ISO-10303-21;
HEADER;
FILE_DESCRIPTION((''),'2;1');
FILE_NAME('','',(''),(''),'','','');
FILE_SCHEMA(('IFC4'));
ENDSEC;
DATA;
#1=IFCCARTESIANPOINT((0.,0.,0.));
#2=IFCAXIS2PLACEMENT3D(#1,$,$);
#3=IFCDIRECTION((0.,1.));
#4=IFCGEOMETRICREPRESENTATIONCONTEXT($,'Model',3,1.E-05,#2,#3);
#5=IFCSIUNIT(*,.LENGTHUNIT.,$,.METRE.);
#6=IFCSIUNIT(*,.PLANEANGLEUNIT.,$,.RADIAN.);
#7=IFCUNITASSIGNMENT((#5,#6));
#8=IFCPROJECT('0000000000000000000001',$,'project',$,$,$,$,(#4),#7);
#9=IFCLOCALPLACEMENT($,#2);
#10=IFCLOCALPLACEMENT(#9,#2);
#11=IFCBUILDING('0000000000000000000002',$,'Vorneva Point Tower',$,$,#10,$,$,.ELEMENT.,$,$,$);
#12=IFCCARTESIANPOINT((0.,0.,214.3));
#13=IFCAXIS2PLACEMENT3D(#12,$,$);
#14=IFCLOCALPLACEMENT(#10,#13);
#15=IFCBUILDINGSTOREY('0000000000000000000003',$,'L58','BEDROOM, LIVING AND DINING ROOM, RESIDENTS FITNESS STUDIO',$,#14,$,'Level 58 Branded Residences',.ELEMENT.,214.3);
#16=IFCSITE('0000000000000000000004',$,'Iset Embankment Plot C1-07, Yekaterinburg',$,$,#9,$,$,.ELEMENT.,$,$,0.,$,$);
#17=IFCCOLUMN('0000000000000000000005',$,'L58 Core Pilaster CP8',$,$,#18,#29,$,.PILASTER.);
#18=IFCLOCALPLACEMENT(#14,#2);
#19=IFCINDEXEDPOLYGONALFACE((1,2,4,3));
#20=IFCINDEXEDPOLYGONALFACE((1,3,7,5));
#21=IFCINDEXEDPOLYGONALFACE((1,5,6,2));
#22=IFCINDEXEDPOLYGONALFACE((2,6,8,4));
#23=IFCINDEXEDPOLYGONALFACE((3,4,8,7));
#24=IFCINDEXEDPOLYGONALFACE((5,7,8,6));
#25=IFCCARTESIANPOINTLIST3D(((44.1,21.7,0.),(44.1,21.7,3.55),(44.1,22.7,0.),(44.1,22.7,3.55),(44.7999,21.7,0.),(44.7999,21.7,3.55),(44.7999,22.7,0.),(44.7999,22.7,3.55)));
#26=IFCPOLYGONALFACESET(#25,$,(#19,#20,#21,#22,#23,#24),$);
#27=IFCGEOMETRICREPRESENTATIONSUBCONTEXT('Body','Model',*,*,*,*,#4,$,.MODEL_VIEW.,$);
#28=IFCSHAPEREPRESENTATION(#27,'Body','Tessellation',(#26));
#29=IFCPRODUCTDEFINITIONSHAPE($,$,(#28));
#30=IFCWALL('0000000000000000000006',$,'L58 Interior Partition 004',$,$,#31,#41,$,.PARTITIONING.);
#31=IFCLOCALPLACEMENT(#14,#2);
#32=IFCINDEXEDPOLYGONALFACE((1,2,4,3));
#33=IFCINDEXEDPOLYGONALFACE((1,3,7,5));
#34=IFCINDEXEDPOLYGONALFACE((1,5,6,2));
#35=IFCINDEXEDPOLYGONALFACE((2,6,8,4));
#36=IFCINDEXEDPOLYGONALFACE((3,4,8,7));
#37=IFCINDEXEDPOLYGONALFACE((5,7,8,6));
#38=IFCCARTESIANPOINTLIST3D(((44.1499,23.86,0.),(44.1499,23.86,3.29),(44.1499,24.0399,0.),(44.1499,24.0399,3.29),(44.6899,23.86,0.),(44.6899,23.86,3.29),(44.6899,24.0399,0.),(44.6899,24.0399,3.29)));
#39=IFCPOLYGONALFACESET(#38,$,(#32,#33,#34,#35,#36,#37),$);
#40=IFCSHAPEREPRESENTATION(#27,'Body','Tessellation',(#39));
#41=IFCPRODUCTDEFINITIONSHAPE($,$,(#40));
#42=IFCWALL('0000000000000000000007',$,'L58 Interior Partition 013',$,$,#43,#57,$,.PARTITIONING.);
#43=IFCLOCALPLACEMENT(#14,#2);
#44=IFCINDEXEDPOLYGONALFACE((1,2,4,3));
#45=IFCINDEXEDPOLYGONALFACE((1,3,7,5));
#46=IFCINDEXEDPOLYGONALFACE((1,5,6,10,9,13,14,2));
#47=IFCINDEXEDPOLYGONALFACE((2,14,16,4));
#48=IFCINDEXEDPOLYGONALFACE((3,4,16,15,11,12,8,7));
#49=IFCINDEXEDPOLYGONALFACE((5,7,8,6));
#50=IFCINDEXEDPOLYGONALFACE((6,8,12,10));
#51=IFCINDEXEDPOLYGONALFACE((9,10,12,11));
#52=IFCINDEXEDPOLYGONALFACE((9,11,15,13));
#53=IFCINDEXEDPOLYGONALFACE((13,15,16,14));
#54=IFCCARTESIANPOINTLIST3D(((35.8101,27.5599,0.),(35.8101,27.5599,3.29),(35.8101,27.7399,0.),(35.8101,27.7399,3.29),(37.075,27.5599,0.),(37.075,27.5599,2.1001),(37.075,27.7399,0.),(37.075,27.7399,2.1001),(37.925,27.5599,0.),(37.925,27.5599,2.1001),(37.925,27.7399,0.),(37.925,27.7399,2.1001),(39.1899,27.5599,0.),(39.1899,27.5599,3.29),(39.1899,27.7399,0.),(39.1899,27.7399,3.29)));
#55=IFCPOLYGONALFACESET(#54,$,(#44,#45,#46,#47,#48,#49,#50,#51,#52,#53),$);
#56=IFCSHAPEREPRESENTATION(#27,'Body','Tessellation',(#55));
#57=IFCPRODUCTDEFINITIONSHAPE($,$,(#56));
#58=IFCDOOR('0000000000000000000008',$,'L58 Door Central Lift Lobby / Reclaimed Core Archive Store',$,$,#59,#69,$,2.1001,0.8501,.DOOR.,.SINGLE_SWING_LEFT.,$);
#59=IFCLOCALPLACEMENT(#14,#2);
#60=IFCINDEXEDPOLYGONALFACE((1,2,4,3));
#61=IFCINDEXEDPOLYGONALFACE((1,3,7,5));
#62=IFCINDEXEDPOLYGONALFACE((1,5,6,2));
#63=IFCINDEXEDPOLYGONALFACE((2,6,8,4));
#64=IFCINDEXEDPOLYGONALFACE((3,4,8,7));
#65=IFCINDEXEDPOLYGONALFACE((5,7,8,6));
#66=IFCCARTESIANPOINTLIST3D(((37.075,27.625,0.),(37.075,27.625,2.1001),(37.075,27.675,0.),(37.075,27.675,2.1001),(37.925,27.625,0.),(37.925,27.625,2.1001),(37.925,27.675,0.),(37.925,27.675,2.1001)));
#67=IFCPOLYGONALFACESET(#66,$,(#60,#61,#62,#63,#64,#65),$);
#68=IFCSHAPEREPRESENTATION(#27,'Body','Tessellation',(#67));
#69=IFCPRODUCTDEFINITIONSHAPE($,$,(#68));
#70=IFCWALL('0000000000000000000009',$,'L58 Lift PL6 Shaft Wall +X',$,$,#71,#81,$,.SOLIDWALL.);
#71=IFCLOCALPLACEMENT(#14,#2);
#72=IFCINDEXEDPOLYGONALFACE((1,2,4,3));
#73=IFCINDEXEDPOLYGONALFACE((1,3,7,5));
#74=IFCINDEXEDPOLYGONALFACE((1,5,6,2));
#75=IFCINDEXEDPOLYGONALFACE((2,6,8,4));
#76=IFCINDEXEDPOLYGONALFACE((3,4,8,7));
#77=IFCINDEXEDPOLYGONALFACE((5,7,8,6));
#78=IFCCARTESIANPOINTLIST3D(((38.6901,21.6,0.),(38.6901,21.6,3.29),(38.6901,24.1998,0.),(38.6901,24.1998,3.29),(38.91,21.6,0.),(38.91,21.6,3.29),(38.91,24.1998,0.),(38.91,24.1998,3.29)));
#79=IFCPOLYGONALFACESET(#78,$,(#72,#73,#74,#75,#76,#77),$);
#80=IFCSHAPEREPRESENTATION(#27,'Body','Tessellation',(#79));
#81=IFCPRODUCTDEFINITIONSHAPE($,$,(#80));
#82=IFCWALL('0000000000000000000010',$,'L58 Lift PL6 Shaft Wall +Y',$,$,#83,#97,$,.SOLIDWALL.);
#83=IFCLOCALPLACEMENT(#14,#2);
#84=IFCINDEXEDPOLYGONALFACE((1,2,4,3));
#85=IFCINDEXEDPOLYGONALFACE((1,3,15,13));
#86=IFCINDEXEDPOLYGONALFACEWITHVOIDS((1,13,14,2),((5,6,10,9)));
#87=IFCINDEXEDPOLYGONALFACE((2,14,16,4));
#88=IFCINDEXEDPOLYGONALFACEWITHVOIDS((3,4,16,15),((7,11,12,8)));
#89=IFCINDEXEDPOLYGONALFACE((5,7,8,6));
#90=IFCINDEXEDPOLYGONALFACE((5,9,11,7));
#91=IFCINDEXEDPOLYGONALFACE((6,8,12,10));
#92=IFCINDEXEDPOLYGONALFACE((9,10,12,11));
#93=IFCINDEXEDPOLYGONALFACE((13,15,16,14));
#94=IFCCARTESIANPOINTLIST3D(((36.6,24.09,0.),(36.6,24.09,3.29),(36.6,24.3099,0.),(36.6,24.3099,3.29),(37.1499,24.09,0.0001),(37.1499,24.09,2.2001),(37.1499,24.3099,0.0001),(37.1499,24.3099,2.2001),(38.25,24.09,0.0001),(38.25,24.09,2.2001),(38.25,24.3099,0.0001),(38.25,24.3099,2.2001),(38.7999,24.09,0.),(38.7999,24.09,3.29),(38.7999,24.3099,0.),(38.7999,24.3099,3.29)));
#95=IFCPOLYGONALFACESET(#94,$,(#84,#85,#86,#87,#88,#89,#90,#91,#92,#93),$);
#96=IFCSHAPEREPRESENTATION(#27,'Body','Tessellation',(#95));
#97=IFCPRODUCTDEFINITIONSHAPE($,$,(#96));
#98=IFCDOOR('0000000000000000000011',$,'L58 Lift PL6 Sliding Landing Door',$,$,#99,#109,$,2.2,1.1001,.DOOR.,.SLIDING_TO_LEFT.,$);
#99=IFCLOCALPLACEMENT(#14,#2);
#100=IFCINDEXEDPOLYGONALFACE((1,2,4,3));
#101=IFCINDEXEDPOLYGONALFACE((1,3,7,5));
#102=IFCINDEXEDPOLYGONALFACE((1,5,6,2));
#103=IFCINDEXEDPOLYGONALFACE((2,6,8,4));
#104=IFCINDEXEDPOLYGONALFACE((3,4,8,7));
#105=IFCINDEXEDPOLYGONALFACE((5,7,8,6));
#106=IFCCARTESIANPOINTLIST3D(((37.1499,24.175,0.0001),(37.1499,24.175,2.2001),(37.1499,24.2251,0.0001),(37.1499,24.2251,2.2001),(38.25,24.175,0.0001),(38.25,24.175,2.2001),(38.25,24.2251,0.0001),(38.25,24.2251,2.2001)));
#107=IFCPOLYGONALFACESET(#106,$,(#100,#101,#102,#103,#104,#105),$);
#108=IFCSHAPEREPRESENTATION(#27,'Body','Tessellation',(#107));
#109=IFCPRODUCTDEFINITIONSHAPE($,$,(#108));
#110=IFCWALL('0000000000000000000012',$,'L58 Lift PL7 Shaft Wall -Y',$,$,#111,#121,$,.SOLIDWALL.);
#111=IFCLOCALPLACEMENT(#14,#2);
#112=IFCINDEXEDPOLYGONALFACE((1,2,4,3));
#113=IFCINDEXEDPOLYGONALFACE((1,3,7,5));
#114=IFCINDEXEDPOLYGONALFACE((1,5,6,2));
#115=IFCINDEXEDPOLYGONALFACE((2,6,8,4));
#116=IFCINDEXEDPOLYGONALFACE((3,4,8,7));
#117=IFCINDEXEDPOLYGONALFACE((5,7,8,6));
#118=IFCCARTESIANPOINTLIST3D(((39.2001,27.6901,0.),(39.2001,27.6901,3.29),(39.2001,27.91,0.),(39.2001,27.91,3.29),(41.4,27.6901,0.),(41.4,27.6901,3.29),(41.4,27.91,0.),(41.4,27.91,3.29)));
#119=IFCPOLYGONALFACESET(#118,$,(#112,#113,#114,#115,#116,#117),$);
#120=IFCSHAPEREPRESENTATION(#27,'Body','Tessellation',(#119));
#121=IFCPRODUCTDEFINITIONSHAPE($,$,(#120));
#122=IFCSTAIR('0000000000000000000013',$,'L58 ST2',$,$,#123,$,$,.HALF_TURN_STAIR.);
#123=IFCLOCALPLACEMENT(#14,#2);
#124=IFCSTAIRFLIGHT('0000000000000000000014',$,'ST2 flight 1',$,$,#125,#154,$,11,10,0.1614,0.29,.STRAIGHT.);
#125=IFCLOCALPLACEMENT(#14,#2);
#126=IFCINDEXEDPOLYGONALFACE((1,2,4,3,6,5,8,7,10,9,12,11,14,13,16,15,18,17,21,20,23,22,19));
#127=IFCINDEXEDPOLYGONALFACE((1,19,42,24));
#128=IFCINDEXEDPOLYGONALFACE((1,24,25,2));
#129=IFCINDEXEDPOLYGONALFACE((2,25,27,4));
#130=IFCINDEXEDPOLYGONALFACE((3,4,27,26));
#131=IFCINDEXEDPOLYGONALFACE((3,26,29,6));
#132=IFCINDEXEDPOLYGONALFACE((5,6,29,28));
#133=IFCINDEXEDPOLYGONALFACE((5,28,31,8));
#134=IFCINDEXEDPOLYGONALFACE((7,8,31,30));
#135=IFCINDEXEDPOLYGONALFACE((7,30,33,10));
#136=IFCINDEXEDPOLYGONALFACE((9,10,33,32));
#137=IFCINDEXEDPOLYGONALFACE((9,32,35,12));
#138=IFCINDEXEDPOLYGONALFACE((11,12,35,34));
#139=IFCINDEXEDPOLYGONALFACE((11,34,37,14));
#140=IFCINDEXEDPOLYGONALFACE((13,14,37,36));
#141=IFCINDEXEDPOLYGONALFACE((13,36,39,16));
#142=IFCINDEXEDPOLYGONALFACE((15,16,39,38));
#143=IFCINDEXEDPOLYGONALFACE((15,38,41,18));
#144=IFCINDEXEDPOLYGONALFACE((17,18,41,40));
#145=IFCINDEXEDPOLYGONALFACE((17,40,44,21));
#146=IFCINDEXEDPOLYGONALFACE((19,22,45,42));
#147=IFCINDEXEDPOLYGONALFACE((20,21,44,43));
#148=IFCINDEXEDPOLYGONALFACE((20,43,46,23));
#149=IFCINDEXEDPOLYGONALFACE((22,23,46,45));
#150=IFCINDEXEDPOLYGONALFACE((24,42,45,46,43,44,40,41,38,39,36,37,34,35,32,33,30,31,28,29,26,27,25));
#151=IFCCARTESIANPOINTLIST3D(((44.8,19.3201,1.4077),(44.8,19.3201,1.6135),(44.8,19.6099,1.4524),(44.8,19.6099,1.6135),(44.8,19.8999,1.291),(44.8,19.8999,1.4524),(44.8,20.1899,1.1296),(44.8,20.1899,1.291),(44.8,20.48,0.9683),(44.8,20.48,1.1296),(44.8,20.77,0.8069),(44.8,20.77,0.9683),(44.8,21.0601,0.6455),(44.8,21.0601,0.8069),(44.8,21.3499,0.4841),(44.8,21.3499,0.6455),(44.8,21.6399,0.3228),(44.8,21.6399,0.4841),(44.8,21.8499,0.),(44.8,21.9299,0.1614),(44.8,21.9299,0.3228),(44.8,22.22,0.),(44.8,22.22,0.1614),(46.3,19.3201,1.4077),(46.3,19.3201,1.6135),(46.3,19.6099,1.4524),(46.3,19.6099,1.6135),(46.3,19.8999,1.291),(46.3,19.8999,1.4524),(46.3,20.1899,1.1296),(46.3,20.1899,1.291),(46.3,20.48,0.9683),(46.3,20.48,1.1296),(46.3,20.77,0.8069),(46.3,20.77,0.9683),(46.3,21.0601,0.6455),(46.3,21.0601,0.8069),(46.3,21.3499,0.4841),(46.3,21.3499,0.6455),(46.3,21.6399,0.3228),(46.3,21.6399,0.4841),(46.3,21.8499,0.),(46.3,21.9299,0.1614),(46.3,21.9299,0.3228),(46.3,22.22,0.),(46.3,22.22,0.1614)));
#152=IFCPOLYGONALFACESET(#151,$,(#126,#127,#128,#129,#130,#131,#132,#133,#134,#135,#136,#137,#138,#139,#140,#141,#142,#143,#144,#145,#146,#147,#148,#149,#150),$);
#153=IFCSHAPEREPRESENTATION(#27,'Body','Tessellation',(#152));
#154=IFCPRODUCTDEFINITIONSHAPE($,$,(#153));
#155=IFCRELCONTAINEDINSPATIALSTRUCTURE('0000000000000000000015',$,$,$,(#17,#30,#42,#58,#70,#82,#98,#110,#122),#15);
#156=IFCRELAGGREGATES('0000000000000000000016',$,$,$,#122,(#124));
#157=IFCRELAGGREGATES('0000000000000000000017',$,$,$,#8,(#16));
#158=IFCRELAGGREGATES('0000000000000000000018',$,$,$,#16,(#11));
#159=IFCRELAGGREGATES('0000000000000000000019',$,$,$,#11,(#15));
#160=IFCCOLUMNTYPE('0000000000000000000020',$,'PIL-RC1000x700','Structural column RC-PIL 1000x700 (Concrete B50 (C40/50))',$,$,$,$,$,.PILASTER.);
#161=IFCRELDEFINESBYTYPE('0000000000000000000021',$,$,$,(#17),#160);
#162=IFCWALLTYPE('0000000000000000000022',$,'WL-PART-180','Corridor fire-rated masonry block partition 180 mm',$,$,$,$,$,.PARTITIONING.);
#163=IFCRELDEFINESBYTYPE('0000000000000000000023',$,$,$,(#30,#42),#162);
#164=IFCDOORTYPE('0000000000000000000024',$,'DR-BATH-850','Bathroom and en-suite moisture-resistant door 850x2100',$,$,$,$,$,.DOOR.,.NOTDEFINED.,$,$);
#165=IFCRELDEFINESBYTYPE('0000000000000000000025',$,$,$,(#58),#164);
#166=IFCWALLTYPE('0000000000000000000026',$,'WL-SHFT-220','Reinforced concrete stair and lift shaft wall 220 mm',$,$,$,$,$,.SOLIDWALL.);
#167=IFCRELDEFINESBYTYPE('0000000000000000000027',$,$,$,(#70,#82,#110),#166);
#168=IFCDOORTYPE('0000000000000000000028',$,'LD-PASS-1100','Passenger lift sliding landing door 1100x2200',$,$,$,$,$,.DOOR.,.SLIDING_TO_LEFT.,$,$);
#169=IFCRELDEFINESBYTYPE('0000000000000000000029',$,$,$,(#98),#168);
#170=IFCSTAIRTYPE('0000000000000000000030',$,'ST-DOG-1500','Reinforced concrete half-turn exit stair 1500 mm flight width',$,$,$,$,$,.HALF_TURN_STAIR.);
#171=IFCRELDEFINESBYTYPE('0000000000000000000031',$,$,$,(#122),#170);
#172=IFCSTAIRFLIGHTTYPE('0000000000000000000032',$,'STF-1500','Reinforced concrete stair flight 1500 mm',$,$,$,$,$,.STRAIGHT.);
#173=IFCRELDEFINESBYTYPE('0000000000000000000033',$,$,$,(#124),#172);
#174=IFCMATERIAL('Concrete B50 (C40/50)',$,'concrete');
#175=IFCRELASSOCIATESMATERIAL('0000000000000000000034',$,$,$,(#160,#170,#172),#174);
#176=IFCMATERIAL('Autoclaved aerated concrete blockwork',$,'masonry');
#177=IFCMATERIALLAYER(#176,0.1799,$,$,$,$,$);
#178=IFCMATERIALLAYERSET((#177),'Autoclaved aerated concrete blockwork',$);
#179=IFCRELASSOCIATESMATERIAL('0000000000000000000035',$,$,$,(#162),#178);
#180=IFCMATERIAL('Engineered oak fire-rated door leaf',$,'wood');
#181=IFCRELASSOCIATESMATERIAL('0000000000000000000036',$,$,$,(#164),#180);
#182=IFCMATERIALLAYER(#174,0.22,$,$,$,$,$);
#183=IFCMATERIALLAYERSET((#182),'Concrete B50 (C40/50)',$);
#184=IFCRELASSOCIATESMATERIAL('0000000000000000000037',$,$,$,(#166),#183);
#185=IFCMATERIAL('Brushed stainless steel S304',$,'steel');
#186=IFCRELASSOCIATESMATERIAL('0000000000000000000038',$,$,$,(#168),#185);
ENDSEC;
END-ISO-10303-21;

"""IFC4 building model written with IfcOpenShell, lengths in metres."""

from ifc_helpers import new_model, si_unit, direction, frame, frame_2d, origin, origin_2d, place, context, subcontext, project, spatial, polyline, rectangle, outline, extrude, material, layer, layer_set, material_profile, profile_set, type_object, element, fill, aggregate, save


model = new_model("IFC4")

# Units and contexts
model_context = context("Model", 3, precision=1e-05, world=origin(), true_north=direction((0.0, 1.0)))
body_context = subcontext(model_context, "Body", "Model", "MODEL_VIEW")
ifc_project = project(units=[si_unit("LENGTHUNIT", "METRE"), si_unit("PLANEANGLEUNIT", "RADIAN")], contexts=[model_context])

# Site, building, storey
site_placement = place(None, origin())
site = spatial("IfcSite", under=ifc_project, at=site_placement, Name="Iset Embankment Plot C1-07, Yekaterinburg", CompositionType="ELEMENT", RefElevation=0.0)
building_placement = place(site_placement, origin())
building = spatial("IfcBuilding", under=site, at=building_placement, Name="Vorneva Point Tower", CompositionType="ELEMENT")
storey_placement = place(building_placement, frame((0.0, 0.0, 214.3)))
storey = spatial("IfcBuildingStorey", under=building, at=storey_placement, Name="L58", Description="BEDROOM, LIVING AND DINING ROOM, RESIDENTS FITNESS STUDIO", LongName="Level 58 Branded Residences", CompositionType="ELEMENT", Elevation=214.3)

# Column
ifc_material_1 = material(Name="Concrete B50 (C40/50)", Category="concrete")
ifc_material_profile = material_profile(ifc_material_1, rectangle(XDim=0.7, YDim=1.0, at=origin_2d()), Name="RC-PIL 1000x700")
ifc_profile_set = profile_set([ifc_material_profile], Name="Concrete B50 (C40/50)")
column_type = type_object("IfcColumnType", Name="PIL-RC1000x700", Description="Structural column RC-PIL 1000x700 (Concrete B50 (C40/50))", PredefinedType="PILASTER", material=ifc_profile_set)
column_placement = place(storey_placement, frame((44.45, 22.2, 0.0), z_axis=(0.0, 0.0, 1.0), x_axis=(1.0, 0.0, 0.0)))
element("IfcColumn", 1, at=column_placement, inside=storey, type_object=column_type, Name="L58 Core Pilaster CP8", PredefinedType="PILASTER", context=body_context, shape_type="SweptSolid", body=[
    extrude(rectangle(XDim=0.7, YDim=1.0, at=origin_2d()), origin(), (0.0, 0.0, 1.0), 3.55),
])

# Wall
ifc_material_2 = material(Name="Autoclaved aerated concrete blockwork", Category="masonry")
ifc_layer_1 = layer(ifc_material_2, 0.1799)
ifc_layer_set_1 = layer_set([ifc_layer_1], Name="Autoclaved aerated concrete blockwork")
wall_type_1 = type_object("IfcWallType", Name="WL-PART-180", Description="Corridor fire-rated masonry block partition 180 mm", PredefinedType="PARTITIONING", material=ifc_layer_set_1)
wall_1_placement = place(storey_placement, frame((44.1499, 23.95, 0.0), z_axis=(0.0, 0.0, 1.0), x_axis=(1.0, 0.0, 0.0)))
element("IfcWall", 2, at=wall_1_placement, inside=storey, type_object=wall_type_1, Name="L58 Interior Partition 004", PredefinedType="PARTITIONING", context=body_context, shape_type="SweptSolid", body=[
    extrude(rectangle(XDim=0.54, YDim=0.1799, at=frame_2d((0.27, 0.0))), origin(), (0.0, 0.0, 1.0), 3.29),
])

# Wall, opening, door
ifc_material_3 = material(Name="Engineered oak fire-rated door leaf", Category="wood")
wall_2_placement = place(storey_placement, frame((39.1899, 27.6499, 0.0), z_axis=(0.0, 0.0, 1.0), x_axis=(-1.0, 0.0, 0.0)))
wall_2 = element("IfcWall", 3, at=wall_2_placement, inside=storey, type_object=wall_type_1, Name="L58 Interior Partition 013", PredefinedType="PARTITIONING", context=body_context, shape_type="SweptSolid", body=[
    extrude(rectangle(XDim=3.3799, YDim=0.1799, at=frame_2d((1.6899, 0.0))), origin(), (0.0, 0.0, 1.0), 3.29),
])
opening_1_placement = place(wall_2_placement, frame((1.2649, 0.0, 0.0)))
opening_1 = element("IfcOpeningElement", 4, at=opening_1_placement, cuts=wall_2, PredefinedType="OPENING", context=body_context, shape_type="SweptSolid", body=[
    extrude(rectangle(XDim=0.8501, YDim=2.1001, at=frame_2d((0.425, 1.05))), frame((0.0, 0.105, 0.0), z_axis=(0.0, -1.0, 0.0), x_axis=(1.0, 0.0, 0.0)), (0.0, 0.0, 1.0), 0.2097),
])
door_type_1 = type_object("IfcDoorType", Name="DR-BATH-850", Description="Bathroom and en-suite moisture-resistant door 850x2100", OperationType="NOTDEFINED", PredefinedType="DOOR", material=ifc_material_3)
door_1_placement = place(opening_1_placement, origin())
door_1 = element("IfcDoor", 5, at=door_1_placement, inside=storey, type_object=door_type_1, Name="L58 Door Central Lift Lobby / Reclaimed Core Archive Store", OperationType="SINGLE_SWING_LEFT", OverallHeight=2.1001, OverallWidth=0.8501, PredefinedType="DOOR", context=body_context, shape_type="SweptSolid", body=[
    extrude(rectangle(XDim=0.8501, YDim=2.1001, at=frame_2d((0.425, 1.05))), frame((0.0, 0.0249, 0.0), z_axis=(0.0, -1.0, 0.0), x_axis=(1.0, 0.0, 0.0)), (0.0, 0.0, 1.0), 0.05),
])
fill(opening_1, door_1)
ifc_layer_2 = layer(ifc_material_1, 0.22)
ifc_layer_set_2 = layer_set([ifc_layer_2], Name="Concrete B50 (C40/50)")
wall_type_2 = type_object("IfcWallType", Name="WL-SHFT-220", Description="Reinforced concrete stair and lift shaft wall 220 mm", PredefinedType="SOLIDWALL", material=ifc_layer_set_2)

# Wall
wall_3_placement = place(storey_placement, frame((38.8, 21.6001, 0.0), z_axis=(0.0, 0.0, 1.0), x_axis=(0.0, 1.0, 0.0)))
element("IfcWall", 6, at=wall_3_placement, inside=storey, type_object=wall_type_2, Name="L58 Lift PL6 Shaft Wall +X", PredefinedType="SOLIDWALL", context=body_context, shape_type="SweptSolid", body=[
    extrude(rectangle(XDim=2.5999, YDim=0.22, at=frame_2d((1.2998, 0.0))), origin(), (0.0, 0.0, 1.0), 3.29),
])

# Wall, opening, door
wall_4_placement = place(storey_placement, frame((38.8, 24.2, 0.0), z_axis=(0.0, 0.0, 1.0), x_axis=(-1.0, 0.0, 0.0)))
wall_4 = element("IfcWall", 7, at=wall_4_placement, inside=storey, type_object=wall_type_2, Name="L58 Lift PL6 Shaft Wall +Y", PredefinedType="SOLIDWALL", context=body_context, shape_type="SweptSolid", body=[
    extrude(rectangle(XDim=2.2, YDim=0.22, at=frame_2d((1.1001, 0.0))), origin(), (0.0, 0.0, 1.0), 3.29),
])
opening_2_placement = place(wall_4_placement, frame((0.55, 0.0, 0.0)))
opening_2 = element("IfcOpeningElement", 8, at=opening_2_placement, cuts=wall_4, PredefinedType="OPENING", context=body_context, shape_type="SweptSolid", body=[
    extrude(rectangle(XDim=1.1001, YDim=2.2, at=frame_2d((0.55, 1.1001))), frame((0.0, 0.125, 0.0), z_axis=(0.0, -1.0, 0.0), x_axis=(1.0, 0.0, 0.0)), (0.0, 0.0, 1.0), 0.2498),
])
ifc_material_4 = material(Name="Brushed stainless steel S304", Category="steel")
door_type_2 = type_object("IfcDoorType", Name="LD-PASS-1100", Description="Passenger lift sliding landing door 1100x2200", OperationType="SLIDING_TO_LEFT", PredefinedType="DOOR", material=ifc_material_4)
door_2_placement = place(opening_2_placement, origin())
door_2 = element("IfcDoor", 9, at=door_2_placement, inside=storey, type_object=door_type_2, Name="L58 Lift PL6 Sliding Landing Door", OperationType="SLIDING_TO_LEFT", OverallHeight=2.2, OverallWidth=1.1001, PredefinedType="DOOR", context=body_context, shape_type="SweptSolid", body=[
    extrude(rectangle(XDim=1.1001, YDim=2.2, at=frame_2d((0.55, 1.1001))), frame((0.0, 0.0249, 0.0), z_axis=(0.0, -1.0, 0.0), x_axis=(1.0, 0.0, 0.0)), (0.0, 0.0, 1.0), 0.05),
])
fill(opening_2, door_2)

# Wall
wall_5_placement = place(storey_placement, frame((39.2, 27.8, 0.0), z_axis=(0.0, 0.0, 1.0), x_axis=(1.0, 0.0, 0.0)))
element("IfcWall", 10, at=wall_5_placement, inside=storey, type_object=wall_type_2, Name="L58 Lift PL7 Shaft Wall -Y", PredefinedType="SOLIDWALL", context=body_context, shape_type="SweptSolid", body=[
    extrude(rectangle(XDim=2.2, YDim=0.22, at=frame_2d((1.1001, 0.0))), origin(), (0.0, 0.0, 1.0), 3.29),
])

# Stair, stair flight
stair_type = type_object("IfcStairType", Name="ST-DOG-1500", Description="Reinforced concrete half-turn exit stair 1500 mm flight width", PredefinedType="HALF_TURN_STAIR", material=ifc_material_1)
stair_placement = place(storey_placement, origin())
stair = element("IfcStair", 11, at=stair_placement, inside=storey, type_object=stair_type, Name="L58 ST2", PredefinedType="HALF_TURN_STAIR")
stair_flight_type = type_object("IfcStairFlightType", Name="STF-1500", Description="Reinforced concrete stair flight 1500 mm", PredefinedType="STRAIGHT", material=ifc_material_1)
stair_flight_placement = place(storey_placement, frame((45.55, 22.22, 0.0), z_axis=(0.0, 0.0, 1.0), x_axis=(0.0, -1.0, 0.0)))
stair_flight = element("IfcStairFlight", 12, at=stair_flight_placement, type_object=stair_flight_type, Name="ST2 flight 1", NumberOfRisers=11, NumberOfTreads=10, PredefinedType="STRAIGHT", RiserHeight=0.1614, TreadLength=0.29, context=body_context, shape_type="SweptSolid", body=[
    extrude(outline(polyline([(0.0, 0.0), (0.0, 0.1614), (0.29, 0.1614), (0.29, 0.3228), (0.5801, 0.3228), (0.5801, 0.4841), (0.8701, 0.4841), (0.8701, 0.6455), (1.1599, 0.6455), (1.1599, 0.8069), (1.45, 0.8069), (1.45, 0.9683), (1.74, 0.9683), (1.74, 1.1296), (2.03, 1.1296), (2.03, 1.291), (2.3201, 1.291), (2.3201, 1.4524), (2.6101, 1.4524), (2.6101, 1.6135), (2.8999, 1.6135), (2.8999, 1.7749), (2.8999, 1.4077), (0.3701, 0.0), (0.0, 0.0)])), frame((0.0, 0.75, 0.0), z_axis=(0.0, -1.0, 0.0), x_axis=(1.0, 0.0, 0.0)), (0.0, 0.0, 1.0), 1.5),
])
aggregate(stair, [stair_flight])

save(model, "model.ifc")
